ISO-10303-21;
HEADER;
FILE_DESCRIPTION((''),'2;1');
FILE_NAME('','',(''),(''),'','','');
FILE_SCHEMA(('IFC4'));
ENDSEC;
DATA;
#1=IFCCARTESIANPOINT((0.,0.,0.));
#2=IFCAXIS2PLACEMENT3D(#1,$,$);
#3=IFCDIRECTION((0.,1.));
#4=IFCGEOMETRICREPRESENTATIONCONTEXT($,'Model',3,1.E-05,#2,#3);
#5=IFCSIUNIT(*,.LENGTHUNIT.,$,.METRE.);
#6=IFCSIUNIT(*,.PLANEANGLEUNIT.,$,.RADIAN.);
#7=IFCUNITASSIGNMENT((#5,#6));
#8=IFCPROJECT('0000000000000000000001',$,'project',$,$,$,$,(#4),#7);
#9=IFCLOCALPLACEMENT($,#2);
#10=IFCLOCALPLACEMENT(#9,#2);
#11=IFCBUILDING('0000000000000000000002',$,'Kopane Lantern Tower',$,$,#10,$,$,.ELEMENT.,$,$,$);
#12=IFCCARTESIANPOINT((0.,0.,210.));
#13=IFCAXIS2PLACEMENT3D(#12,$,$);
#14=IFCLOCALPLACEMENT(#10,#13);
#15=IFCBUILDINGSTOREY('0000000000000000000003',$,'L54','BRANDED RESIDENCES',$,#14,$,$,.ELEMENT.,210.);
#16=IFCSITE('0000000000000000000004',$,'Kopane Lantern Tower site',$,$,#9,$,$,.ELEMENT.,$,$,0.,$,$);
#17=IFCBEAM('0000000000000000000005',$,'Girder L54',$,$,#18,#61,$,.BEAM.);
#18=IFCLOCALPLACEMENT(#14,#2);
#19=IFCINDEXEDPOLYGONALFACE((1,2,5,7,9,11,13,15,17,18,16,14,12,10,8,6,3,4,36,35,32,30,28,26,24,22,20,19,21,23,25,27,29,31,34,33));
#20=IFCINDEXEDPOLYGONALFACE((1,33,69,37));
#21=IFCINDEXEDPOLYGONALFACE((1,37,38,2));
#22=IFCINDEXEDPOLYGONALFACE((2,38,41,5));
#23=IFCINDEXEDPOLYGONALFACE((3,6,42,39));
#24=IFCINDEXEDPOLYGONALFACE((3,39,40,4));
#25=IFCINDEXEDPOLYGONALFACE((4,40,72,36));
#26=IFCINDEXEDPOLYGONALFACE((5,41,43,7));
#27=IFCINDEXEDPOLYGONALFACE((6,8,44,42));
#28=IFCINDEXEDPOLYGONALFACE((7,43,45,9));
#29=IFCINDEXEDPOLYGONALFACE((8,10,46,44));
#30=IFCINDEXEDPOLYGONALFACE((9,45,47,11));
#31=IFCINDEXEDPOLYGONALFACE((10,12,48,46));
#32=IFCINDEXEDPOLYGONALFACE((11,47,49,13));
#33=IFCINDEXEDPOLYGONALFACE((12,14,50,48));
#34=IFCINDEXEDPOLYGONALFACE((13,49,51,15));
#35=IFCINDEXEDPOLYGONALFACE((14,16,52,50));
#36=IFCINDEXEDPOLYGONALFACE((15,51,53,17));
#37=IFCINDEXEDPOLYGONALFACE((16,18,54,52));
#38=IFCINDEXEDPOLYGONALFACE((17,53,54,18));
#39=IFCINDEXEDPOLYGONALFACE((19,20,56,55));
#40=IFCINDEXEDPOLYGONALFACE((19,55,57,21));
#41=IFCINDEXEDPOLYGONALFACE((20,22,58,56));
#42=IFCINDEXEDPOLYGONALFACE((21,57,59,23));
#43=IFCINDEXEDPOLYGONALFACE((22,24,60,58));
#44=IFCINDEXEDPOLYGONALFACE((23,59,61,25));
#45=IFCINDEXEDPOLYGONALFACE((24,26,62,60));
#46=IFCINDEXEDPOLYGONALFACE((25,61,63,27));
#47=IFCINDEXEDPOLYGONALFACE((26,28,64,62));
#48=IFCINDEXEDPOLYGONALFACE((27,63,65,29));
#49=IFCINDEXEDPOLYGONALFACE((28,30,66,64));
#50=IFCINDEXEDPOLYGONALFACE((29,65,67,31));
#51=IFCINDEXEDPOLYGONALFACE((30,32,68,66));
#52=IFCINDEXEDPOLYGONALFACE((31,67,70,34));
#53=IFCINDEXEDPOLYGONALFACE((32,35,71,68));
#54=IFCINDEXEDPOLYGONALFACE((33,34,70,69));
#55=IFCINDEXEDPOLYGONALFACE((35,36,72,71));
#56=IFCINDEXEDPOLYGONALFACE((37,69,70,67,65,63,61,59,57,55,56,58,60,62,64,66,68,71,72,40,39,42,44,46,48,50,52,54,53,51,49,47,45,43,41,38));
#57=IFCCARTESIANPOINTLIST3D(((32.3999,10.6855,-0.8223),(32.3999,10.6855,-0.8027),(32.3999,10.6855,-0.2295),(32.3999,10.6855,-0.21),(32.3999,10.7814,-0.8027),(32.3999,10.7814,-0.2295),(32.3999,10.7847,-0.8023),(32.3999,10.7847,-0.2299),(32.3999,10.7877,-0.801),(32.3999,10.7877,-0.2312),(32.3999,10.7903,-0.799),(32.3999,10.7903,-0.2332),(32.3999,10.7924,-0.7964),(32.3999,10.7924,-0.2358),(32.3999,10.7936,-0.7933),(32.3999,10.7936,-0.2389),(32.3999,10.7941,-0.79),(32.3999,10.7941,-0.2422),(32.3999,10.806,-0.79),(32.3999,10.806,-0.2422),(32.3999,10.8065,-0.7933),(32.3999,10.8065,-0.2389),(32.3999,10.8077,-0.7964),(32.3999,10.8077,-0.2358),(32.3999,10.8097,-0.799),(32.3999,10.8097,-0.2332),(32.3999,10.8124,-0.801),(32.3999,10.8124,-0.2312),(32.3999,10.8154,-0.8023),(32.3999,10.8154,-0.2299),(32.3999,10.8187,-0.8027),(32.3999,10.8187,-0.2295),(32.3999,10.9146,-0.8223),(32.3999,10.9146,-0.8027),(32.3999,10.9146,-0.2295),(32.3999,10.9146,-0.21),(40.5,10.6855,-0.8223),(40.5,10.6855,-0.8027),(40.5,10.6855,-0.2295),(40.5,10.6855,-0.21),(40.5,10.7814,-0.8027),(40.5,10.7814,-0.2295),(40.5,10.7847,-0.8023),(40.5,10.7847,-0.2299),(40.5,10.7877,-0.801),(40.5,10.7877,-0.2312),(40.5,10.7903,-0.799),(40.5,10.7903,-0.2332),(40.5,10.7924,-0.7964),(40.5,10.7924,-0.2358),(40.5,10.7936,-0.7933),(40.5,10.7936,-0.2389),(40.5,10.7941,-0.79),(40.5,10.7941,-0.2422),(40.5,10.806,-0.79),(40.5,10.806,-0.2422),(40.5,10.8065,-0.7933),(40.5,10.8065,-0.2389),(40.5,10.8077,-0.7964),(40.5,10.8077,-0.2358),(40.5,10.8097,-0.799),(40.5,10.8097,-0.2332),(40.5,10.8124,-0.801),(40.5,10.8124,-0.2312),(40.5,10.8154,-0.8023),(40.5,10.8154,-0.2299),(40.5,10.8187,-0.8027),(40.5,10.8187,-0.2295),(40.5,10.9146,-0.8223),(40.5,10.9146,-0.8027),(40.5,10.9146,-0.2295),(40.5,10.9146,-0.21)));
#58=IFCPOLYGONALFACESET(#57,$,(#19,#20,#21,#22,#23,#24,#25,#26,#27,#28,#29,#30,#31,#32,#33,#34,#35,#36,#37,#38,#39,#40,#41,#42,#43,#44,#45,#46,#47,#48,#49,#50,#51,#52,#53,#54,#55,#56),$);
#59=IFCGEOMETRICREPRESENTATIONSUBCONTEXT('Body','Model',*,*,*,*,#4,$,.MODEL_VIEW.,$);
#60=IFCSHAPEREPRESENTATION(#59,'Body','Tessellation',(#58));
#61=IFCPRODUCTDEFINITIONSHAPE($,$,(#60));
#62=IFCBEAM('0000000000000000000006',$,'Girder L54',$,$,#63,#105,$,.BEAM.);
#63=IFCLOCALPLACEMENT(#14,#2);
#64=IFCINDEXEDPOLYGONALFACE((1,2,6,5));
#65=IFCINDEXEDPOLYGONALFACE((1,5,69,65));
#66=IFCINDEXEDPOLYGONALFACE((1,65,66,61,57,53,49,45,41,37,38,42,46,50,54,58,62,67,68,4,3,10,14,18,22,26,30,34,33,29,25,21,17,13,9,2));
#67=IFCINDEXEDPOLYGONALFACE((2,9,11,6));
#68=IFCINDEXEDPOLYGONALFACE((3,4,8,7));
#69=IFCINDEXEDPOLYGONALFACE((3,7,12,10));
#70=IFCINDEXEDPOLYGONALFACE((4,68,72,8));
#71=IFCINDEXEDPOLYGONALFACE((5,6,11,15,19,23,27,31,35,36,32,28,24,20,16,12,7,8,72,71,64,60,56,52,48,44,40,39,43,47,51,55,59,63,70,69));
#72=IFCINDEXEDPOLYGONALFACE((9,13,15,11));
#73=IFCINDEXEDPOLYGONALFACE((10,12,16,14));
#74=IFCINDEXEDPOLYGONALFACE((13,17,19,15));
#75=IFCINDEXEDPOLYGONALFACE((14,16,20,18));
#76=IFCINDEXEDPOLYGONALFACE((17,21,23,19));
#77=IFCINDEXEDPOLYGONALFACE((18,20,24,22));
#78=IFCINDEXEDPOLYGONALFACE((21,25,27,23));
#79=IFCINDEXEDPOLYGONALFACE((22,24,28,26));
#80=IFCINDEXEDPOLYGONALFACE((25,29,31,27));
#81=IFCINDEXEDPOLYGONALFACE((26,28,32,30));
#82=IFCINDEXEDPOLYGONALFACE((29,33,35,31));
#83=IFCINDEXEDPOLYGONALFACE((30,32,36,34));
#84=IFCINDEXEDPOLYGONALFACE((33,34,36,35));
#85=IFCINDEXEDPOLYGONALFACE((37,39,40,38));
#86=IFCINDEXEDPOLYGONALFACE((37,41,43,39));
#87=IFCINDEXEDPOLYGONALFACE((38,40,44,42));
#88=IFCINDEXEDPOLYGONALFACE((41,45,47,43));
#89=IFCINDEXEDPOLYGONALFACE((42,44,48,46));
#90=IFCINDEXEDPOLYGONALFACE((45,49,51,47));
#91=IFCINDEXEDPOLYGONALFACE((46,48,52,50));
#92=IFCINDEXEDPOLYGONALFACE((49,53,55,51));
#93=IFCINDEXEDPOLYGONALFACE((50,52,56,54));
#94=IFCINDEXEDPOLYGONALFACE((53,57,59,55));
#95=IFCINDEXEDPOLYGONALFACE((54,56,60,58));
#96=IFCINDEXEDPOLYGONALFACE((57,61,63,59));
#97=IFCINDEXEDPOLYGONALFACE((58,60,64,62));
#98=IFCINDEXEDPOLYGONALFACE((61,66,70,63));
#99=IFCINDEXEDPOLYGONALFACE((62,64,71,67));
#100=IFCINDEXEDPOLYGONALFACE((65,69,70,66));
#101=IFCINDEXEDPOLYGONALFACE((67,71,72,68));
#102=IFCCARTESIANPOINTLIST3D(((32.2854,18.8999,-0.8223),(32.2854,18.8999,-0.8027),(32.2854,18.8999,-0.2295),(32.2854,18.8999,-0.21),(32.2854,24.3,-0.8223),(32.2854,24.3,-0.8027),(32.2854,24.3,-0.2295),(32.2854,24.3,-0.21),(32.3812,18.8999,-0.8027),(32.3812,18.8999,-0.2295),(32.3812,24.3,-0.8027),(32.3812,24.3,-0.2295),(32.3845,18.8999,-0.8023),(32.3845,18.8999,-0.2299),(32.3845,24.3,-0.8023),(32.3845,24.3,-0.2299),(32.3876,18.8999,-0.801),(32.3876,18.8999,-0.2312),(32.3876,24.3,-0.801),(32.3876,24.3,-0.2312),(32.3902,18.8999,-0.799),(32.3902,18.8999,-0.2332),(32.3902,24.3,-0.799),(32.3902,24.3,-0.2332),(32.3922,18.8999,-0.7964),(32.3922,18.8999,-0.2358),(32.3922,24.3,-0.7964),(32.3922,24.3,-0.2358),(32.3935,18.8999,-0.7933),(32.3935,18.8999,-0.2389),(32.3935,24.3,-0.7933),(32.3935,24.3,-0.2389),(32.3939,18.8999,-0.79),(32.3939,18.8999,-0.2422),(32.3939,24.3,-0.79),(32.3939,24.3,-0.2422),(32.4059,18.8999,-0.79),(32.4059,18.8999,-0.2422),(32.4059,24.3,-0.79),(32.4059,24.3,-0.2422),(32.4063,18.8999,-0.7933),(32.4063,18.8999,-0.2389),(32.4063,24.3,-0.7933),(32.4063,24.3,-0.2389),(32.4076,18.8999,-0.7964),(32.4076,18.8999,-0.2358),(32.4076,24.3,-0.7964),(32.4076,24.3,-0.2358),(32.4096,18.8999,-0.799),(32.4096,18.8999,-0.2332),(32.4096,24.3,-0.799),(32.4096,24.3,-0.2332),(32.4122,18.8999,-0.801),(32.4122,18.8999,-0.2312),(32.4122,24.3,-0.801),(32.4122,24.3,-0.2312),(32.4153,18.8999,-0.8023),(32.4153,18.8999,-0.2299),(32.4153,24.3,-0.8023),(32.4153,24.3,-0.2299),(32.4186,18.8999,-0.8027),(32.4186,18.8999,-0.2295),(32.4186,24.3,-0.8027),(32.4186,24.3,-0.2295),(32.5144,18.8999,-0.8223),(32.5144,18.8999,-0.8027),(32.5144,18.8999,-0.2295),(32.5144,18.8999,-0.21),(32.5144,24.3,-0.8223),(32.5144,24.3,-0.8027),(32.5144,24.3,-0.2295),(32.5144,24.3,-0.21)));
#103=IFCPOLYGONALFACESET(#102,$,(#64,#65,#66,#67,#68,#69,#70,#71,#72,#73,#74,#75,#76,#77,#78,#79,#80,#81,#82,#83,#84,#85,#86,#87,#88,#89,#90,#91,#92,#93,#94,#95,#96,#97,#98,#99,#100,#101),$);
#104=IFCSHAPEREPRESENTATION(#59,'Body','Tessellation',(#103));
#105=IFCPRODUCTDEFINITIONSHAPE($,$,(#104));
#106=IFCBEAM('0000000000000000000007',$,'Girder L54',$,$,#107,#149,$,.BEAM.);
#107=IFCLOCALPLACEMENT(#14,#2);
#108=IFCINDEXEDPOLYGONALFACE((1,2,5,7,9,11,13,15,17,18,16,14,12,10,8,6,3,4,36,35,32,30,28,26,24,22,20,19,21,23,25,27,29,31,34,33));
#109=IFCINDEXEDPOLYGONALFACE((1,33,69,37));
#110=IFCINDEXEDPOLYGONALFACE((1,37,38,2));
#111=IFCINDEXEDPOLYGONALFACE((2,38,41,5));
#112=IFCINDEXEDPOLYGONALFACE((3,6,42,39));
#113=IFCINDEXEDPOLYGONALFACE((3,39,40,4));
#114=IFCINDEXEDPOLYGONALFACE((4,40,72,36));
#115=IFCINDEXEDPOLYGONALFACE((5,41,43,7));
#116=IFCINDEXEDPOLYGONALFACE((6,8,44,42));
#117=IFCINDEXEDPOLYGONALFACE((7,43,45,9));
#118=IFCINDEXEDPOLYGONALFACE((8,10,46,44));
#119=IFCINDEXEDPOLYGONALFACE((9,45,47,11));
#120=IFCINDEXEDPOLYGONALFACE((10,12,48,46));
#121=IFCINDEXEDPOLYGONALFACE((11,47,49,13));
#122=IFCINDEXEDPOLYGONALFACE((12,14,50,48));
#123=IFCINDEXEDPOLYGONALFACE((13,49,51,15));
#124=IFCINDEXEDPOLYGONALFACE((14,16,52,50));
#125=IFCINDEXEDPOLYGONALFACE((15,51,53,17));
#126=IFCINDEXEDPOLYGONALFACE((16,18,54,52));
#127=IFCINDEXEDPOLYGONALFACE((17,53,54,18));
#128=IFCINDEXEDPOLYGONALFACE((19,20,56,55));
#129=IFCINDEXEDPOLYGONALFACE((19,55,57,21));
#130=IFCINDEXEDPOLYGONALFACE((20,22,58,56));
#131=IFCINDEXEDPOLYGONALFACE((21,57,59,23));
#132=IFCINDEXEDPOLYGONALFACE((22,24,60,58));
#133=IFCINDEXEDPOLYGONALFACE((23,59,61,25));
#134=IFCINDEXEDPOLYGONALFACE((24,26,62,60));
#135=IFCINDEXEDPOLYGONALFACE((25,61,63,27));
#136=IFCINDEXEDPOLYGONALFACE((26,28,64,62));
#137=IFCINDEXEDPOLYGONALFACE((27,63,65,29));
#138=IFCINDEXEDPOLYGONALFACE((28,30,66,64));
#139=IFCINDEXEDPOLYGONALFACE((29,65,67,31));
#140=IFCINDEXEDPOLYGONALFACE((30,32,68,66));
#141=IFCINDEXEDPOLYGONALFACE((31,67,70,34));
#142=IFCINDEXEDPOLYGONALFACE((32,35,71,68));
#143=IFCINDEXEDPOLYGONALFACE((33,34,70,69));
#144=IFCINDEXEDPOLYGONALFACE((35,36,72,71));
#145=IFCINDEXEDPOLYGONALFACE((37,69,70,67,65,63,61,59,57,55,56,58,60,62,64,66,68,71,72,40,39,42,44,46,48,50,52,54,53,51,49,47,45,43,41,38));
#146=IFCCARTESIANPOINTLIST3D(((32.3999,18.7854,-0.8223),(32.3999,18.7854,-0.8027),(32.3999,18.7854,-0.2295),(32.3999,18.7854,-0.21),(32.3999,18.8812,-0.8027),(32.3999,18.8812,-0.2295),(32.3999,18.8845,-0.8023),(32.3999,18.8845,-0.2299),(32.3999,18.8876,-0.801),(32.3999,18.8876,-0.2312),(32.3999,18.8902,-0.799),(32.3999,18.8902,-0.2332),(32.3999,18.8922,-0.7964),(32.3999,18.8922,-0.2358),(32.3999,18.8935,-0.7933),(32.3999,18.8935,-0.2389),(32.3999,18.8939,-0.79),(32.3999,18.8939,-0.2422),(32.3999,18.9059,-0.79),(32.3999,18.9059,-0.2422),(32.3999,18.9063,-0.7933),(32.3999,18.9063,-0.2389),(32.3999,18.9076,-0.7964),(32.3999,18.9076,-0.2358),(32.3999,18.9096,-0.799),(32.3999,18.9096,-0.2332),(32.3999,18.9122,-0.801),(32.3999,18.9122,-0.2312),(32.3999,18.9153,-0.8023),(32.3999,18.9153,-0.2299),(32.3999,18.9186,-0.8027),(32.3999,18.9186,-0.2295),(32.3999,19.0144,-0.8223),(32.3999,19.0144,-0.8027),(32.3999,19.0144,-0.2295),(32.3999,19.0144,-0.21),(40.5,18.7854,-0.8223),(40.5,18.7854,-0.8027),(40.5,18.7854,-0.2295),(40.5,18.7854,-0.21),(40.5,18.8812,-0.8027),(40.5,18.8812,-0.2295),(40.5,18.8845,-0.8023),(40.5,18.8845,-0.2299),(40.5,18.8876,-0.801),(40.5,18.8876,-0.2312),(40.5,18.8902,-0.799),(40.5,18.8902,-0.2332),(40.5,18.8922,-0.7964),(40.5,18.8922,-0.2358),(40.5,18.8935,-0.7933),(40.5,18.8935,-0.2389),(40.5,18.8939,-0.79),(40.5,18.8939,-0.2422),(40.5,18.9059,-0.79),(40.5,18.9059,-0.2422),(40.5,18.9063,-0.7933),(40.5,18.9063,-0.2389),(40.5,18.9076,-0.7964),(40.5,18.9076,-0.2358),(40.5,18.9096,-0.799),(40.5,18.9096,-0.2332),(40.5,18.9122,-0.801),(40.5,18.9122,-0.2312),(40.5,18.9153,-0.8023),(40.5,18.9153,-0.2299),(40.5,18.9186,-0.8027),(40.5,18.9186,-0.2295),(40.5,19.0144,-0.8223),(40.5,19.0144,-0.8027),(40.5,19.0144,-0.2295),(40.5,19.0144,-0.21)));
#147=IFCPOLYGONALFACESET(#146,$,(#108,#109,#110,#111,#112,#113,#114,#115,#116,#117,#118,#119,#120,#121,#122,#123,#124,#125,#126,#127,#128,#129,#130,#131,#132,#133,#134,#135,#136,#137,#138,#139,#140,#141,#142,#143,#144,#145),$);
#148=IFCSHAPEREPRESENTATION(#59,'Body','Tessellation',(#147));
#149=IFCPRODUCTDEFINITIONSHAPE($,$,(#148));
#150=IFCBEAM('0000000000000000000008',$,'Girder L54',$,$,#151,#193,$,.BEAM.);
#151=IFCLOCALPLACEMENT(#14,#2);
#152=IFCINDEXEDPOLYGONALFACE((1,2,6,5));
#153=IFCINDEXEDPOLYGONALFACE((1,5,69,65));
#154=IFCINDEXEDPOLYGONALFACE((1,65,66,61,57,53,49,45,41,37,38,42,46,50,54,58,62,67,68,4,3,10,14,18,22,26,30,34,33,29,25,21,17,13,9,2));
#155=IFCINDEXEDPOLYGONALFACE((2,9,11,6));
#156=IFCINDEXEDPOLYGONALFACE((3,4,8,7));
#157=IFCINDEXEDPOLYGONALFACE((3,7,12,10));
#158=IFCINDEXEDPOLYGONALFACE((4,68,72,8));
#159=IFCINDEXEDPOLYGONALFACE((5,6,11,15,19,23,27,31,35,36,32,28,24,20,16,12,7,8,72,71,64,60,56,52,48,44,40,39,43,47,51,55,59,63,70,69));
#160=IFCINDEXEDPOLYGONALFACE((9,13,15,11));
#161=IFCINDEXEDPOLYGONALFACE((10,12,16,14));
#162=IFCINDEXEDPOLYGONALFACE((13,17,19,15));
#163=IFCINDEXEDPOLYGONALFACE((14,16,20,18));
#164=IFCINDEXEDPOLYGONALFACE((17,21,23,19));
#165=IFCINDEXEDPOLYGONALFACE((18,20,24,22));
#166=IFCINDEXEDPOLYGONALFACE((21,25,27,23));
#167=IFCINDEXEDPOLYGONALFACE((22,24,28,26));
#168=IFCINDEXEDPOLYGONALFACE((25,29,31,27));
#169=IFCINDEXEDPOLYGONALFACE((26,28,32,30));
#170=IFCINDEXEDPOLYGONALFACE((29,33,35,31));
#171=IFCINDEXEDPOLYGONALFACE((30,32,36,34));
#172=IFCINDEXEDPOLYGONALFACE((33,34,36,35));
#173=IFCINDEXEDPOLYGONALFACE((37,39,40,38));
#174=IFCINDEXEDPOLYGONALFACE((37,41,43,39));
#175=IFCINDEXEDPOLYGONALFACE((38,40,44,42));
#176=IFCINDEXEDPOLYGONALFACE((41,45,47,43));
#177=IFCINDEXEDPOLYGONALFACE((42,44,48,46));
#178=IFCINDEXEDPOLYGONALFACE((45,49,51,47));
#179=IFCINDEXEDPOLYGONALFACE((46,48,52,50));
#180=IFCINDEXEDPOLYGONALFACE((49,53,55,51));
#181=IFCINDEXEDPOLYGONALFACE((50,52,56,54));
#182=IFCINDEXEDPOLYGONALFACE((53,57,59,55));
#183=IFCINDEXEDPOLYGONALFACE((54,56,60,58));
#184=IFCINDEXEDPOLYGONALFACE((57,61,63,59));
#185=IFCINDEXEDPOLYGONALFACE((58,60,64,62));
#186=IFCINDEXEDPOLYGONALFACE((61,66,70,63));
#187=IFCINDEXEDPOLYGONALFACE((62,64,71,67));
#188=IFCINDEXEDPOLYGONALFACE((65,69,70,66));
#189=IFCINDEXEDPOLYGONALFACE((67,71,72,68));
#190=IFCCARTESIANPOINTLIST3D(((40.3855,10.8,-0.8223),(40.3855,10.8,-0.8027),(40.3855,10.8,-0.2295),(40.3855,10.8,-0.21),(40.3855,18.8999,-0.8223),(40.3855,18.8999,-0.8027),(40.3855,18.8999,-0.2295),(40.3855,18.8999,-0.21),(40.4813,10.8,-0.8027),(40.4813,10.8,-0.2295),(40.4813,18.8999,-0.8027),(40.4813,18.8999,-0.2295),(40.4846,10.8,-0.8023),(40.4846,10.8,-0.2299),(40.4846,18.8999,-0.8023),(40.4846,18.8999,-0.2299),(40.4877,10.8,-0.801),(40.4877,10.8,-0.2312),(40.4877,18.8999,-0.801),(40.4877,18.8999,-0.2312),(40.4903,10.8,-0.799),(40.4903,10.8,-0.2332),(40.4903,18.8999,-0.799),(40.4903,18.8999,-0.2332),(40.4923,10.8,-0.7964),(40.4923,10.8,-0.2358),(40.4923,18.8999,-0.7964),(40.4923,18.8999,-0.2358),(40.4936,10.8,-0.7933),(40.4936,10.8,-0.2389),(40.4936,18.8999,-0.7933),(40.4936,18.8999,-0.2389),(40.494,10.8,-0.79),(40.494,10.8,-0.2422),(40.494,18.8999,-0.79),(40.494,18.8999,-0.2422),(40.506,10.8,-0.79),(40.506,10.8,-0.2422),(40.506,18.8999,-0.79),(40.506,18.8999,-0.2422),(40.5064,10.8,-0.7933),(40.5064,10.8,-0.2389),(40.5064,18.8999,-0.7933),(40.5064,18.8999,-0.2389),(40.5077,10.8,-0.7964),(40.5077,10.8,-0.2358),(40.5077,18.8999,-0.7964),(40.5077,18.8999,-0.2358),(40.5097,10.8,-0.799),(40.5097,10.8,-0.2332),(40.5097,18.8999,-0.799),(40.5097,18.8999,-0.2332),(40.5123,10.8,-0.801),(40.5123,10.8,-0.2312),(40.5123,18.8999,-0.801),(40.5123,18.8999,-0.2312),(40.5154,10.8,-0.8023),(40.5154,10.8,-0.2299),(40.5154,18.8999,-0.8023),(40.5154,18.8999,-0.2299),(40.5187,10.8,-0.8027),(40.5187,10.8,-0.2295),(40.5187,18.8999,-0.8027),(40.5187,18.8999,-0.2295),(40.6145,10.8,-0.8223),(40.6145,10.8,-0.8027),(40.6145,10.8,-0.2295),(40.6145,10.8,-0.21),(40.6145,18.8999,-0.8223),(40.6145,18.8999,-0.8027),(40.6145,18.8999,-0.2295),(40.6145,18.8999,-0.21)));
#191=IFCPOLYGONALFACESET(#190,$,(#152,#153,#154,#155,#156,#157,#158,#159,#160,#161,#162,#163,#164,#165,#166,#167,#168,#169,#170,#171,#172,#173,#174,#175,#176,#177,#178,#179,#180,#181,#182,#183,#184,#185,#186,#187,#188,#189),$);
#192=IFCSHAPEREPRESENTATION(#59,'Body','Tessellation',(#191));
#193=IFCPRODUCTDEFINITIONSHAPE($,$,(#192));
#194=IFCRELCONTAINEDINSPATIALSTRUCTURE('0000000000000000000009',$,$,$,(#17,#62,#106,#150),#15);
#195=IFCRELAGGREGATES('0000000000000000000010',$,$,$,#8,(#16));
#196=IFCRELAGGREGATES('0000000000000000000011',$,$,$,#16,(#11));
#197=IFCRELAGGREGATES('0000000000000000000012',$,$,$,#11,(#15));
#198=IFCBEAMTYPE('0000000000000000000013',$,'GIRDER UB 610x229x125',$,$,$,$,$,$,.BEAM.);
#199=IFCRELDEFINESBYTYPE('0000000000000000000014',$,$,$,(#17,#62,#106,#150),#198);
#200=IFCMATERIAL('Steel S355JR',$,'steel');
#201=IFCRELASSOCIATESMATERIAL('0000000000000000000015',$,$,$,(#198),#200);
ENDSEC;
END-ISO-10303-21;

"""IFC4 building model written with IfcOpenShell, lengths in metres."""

from ifc_helpers import new_model, si_unit, direction, frame, origin, origin_2d, place, context, subcontext, project, spatial, i_section, extrude, material, material_profile, profile_set, type_object, element, save


model = new_model("IFC4")

# Units and contexts
model_context = context("Model", 3, precision=1e-05, world=origin(), true_north=direction((0.0, 1.0)))
body_context = subcontext(model_context, "Body", "Model", "MODEL_VIEW")
ifc_project = project(units=[si_unit("LENGTHUNIT", "METRE"), si_unit("PLANEANGLEUNIT", "RADIAN")], contexts=[model_context])

# Site, building, storey
site_placement = place(None, origin())
site = spatial("IfcSite", under=ifc_project, at=site_placement, Name="Kopane Lantern Tower site", CompositionType="ELEMENT", RefElevation=0.0)
building_placement = place(site_placement, origin())
building = spatial("IfcBuilding", under=site, at=building_placement, Name="Kopane Lantern Tower", CompositionType="ELEMENT")
storey_placement = place(building_placement, frame((0.0, 0.0, 210.0)))
storey = spatial("IfcBuildingStorey", under=building, at=storey_placement, Name="L54", Description="BRANDED RESIDENCES", CompositionType="ELEMENT", Elevation=210.0)

# Beams
ifc_material_1 = material(Name="Steel S355JR", Category="steel")
ifc_material_profile_1 = material_profile(ifc_material_1, i_section(OverallWidth=0.229, OverallDepth=0.6123, WebThickness=0.012, FlangeThickness=0.0195, FilletRadius=0.0127, at=origin_2d()), Name="UB 610x229x125")
ifc_profile_set_1 = profile_set([ifc_material_profile_1], Name="Steel S355JR")
beam_type = type_object("IfcBeamType", Name="GIRDER UB 610x229x125", PredefinedType="BEAM", material=ifc_profile_set_1)
beam_1_placement = place(storey_placement, frame((32.3999, 10.8, -0.5161), z_axis=(1.0, 0.0, 0.0), x_axis=(0.0, 1.0, 0.0)))
element("IfcBeam", 1, at=beam_1_placement, inside=storey, type_object=beam_type, Name="Girder L54", PredefinedType="BEAM", context=body_context, shape_type="SweptSolid", body=[
    extrude(i_section(OverallWidth=0.229, OverallDepth=0.6123, WebThickness=0.012, FlangeThickness=0.0195, FilletRadius=0.0127, at=origin_2d()), origin(), (0.0, 0.0, 1.0), 8.1001),
])
beam_2_placement = place(storey_placement, frame((32.3999, 18.8999, -0.5161), z_axis=(0.0, 1.0, 0.0), x_axis=(-1.0, 0.0, 0.0)))
element("IfcBeam", 2, at=beam_2_placement, inside=storey, type_object=beam_type, Name="Girder L54", PredefinedType="BEAM", context=body_context, shape_type="SweptSolid", body=[
    extrude(i_section(OverallWidth=0.229, OverallDepth=0.6123, WebThickness=0.012, FlangeThickness=0.0195, FilletRadius=0.0127, at=origin_2d()), origin(), (0.0, 0.0, 1.0), 5.4001),
])
beam_3_placement = place(storey_placement, frame((32.3999, 18.8999, -0.5161), z_axis=(1.0, 0.0, 0.0), x_axis=(0.0, 1.0, 0.0)))
element("IfcBeam", 3, at=beam_3_placement, inside=storey, type_object=beam_type, Name="Girder L54", PredefinedType="BEAM", context=body_context, shape_type="SweptSolid", body=[
    extrude(i_section(OverallWidth=0.229, OverallDepth=0.6123, WebThickness=0.012, FlangeThickness=0.0195, FilletRadius=0.0127, at=origin_2d()), origin(), (0.0, 0.0, 1.0), 8.1001),
])
beam_4_placement = place(storey_placement, frame((40.5, 10.8, -0.5161), z_axis=(0.0, 1.0, 0.0), x_axis=(-1.0, 0.0, 0.0)))
element("IfcBeam", 4, at=beam_4_placement, inside=storey, type_object=beam_type, Name="Girder L54", PredefinedType="BEAM", context=body_context, shape_type="SweptSolid", body=[
    extrude(i_section(OverallWidth=0.229, OverallDepth=0.6123, WebThickness=0.012, FlangeThickness=0.0195, FilletRadius=0.0127, at=origin_2d()), origin(), (0.0, 0.0, 1.0), 8.0999),
])

save(model, "model.ifc")
